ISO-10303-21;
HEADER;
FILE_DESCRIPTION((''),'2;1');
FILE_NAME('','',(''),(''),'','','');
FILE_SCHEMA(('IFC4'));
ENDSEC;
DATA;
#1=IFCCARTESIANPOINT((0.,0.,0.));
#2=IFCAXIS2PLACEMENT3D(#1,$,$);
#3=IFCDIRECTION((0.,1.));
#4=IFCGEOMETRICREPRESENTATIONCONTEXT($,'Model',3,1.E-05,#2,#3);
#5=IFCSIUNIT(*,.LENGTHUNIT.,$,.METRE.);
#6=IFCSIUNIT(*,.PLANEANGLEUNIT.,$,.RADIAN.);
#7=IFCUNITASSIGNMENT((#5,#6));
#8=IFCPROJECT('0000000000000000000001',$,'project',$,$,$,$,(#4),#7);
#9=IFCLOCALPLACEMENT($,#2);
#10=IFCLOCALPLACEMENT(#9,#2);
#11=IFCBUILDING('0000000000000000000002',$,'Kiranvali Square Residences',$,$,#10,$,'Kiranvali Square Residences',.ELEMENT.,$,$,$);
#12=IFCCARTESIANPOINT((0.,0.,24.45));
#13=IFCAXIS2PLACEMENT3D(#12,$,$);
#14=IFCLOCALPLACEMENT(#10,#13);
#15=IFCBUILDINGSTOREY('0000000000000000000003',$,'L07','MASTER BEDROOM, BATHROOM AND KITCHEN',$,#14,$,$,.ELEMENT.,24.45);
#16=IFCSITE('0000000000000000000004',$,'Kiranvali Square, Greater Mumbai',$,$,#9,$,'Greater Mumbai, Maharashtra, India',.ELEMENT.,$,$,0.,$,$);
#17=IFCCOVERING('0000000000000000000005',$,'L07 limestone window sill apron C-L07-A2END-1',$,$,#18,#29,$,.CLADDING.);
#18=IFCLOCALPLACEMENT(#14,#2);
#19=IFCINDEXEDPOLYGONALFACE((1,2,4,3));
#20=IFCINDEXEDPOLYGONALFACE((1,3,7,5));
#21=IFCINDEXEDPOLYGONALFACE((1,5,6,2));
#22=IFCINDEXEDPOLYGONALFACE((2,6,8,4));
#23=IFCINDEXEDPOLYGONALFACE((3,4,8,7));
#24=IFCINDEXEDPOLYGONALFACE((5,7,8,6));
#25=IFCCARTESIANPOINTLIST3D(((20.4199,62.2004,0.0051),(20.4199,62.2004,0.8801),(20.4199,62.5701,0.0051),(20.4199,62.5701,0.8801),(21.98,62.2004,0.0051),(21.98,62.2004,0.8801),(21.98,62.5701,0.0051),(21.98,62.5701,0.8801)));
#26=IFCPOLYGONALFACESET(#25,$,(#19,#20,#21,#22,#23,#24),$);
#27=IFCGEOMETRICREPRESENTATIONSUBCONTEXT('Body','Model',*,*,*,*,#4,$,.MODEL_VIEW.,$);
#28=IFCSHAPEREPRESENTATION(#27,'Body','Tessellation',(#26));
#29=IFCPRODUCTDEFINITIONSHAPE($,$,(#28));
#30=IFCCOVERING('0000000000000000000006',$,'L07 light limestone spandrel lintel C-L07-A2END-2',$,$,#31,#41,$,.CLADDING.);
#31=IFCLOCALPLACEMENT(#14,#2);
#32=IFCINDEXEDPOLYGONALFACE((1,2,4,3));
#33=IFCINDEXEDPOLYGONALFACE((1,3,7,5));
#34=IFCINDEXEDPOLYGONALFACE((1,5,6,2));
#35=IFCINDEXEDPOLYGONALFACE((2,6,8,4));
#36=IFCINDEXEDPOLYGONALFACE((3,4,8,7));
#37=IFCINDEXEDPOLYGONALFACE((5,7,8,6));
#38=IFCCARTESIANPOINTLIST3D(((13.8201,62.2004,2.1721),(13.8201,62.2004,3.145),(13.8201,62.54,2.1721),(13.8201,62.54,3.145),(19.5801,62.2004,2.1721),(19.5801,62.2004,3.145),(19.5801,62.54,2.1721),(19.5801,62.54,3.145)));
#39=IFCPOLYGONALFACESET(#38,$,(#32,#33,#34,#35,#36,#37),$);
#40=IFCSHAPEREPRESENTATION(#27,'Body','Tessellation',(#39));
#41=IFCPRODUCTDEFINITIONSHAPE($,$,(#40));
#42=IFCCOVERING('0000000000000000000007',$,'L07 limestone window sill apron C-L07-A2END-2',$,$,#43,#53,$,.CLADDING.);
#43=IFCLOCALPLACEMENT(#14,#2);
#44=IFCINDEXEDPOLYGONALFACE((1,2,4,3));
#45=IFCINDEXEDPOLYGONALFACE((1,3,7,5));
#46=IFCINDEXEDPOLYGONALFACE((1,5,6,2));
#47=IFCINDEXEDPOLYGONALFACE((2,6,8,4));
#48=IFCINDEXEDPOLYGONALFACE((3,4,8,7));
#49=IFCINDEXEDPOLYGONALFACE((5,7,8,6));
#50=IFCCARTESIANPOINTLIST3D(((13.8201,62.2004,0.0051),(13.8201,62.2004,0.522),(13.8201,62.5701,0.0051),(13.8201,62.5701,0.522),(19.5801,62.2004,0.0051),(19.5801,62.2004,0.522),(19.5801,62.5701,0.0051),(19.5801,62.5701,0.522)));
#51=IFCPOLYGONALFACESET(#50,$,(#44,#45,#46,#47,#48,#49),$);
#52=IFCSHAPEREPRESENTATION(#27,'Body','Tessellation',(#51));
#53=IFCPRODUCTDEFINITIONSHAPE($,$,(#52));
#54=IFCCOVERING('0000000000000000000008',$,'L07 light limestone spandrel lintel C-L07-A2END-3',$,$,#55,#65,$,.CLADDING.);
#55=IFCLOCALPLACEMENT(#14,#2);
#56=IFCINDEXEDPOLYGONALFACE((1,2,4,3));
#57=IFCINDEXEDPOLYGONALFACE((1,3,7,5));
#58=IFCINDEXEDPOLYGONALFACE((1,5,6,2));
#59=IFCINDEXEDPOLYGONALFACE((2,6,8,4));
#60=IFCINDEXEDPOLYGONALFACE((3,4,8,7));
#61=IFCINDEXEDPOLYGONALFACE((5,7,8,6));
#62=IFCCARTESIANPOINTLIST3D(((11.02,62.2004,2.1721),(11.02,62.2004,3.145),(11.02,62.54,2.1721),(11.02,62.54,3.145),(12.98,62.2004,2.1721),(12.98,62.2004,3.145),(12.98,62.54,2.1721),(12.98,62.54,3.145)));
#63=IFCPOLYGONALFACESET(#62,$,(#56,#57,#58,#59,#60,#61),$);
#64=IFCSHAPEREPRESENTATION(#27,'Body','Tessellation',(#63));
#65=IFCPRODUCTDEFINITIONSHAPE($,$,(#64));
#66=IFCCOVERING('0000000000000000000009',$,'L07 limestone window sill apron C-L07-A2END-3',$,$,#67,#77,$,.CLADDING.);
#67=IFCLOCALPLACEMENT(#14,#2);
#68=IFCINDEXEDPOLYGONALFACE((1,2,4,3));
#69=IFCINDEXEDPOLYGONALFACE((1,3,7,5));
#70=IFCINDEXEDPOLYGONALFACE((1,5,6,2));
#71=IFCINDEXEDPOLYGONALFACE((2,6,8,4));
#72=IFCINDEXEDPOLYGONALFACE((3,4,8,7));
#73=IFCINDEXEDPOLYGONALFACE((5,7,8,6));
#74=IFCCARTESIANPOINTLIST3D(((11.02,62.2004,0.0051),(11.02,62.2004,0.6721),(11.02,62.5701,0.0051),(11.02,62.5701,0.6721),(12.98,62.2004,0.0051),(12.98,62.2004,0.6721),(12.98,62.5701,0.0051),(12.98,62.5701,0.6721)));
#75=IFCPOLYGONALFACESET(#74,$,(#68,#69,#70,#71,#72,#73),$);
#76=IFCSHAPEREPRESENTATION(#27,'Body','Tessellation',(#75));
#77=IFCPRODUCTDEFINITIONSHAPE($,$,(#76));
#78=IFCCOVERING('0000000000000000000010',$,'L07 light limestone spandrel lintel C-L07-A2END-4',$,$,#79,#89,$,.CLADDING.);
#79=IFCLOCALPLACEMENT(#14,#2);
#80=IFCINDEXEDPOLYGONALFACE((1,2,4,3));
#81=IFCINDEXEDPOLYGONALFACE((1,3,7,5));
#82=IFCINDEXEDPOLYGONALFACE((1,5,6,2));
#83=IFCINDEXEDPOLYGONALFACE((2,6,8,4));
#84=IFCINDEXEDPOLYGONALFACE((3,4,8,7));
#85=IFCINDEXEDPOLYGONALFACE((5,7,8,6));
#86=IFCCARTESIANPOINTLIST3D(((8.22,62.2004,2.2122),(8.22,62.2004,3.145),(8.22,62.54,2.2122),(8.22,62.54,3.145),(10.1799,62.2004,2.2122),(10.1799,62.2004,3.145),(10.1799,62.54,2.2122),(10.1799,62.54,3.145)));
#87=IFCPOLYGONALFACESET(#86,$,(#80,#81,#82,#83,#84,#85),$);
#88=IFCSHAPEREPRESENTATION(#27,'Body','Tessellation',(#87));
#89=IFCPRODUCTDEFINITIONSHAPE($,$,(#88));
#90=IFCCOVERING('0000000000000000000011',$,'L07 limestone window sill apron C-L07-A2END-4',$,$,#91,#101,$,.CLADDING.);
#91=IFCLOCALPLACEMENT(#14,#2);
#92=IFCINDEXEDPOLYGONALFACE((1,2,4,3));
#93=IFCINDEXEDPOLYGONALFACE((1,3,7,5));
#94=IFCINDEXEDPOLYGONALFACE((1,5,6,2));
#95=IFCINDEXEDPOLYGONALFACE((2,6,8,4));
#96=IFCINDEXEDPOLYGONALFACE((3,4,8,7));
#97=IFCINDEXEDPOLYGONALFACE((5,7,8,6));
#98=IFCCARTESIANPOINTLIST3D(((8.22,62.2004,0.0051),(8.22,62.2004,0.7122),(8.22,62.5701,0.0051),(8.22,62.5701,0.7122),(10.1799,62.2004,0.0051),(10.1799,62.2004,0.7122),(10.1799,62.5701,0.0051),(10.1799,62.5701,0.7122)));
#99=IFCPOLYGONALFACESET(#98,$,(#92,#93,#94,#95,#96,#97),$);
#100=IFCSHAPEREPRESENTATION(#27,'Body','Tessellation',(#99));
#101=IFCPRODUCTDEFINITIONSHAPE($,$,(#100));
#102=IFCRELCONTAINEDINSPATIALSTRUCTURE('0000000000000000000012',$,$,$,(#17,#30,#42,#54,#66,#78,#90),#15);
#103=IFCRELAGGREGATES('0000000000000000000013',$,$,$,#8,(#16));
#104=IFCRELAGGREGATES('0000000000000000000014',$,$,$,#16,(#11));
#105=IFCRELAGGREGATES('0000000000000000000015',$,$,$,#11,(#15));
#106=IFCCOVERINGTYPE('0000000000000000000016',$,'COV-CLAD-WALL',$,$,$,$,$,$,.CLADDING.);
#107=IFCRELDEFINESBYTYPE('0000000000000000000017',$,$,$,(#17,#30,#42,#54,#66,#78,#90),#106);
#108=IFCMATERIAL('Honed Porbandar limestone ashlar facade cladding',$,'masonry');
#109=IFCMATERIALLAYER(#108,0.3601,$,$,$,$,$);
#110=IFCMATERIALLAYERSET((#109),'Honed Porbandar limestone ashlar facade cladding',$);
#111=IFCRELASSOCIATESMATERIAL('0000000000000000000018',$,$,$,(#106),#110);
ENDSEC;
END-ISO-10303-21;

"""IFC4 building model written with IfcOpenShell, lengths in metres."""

from ifc_helpers import new_model, si_unit, direction, frame, origin, place, context, subcontext, project, spatial, polyline, outline, extrude, material, layer, layer_set, type_object, element, save


model = new_model("IFC4")

# Units and contexts
model_context = context("Model", 3, precision=1e-05, world=origin(), true_north=direction((0.0, 1.0)))
body_context = subcontext(model_context, "Body", "Model", "MODEL_VIEW")
ifc_project = project(units=[si_unit("LENGTHUNIT", "METRE"), si_unit("PLANEANGLEUNIT", "RADIAN")], contexts=[model_context])

# Site, building, storey
site_placement = place(None, origin())
site = spatial("IfcSite", under=ifc_project, at=site_placement, Name="Kiranvali Square, Greater Mumbai", LongName="Greater Mumbai, Maharashtra, India", CompositionType="ELEMENT", RefElevation=0.0)
building_placement = place(site_placement, origin())
building = spatial("IfcBuilding", under=site, at=building_placement, Name="Kiranvali Square Residences", LongName="Kiranvali Square Residences", CompositionType="ELEMENT")
storey_placement = place(building_placement, frame((0.0, 0.0, 24.45)))
storey = spatial("IfcBuildingStorey", under=building, at=storey_placement, Name="L07", Description="MASTER BEDROOM, BATHROOM AND KITCHEN", CompositionType="ELEMENT", Elevation=24.45)

# Coverings
ifc_material = material(Name="Honed Porbandar limestone ashlar facade cladding", Category="masonry")
ifc_layer_1 = layer(ifc_material, 0.3601)
ifc_layer_set_1 = layer_set([ifc_layer_1], Name="Honed Porbandar limestone ashlar facade cladding")
covering_type_1 = type_object("IfcCoveringType", Name="COV-CLAD-WALL", PredefinedType="CLADDING", material=ifc_layer_set_1)
covering_1_placement = place(storey_placement, frame((0.0, 0.0, 0.0051)))
element("IfcCovering", 1, at=covering_1_placement, inside=storey, type_object=covering_type_1, Name="L07 limestone window sill apron C-L07-A2END-1", PredefinedType="CLADDING", context=body_context, shape_type="SweptSolid", body=[
    extrude(outline(polyline([(21.98, 62.5701), (20.4199, 62.5701), (20.4199, 62.2004), (21.98, 62.2004), (21.98, 62.5701)])), origin(), (0.0, 0.0, 1.0), 0.875),
])
covering_2_placement = place(storey_placement, frame((0.0, 0.0, 2.1721)))
element("IfcCovering", 2, at=covering_2_placement, inside=storey, type_object=covering_type_1, Name="L07 light limestone spandrel lintel C-L07-A2END-2", PredefinedType="CLADDING", context=body_context, shape_type="SweptSolid", body=[
    extrude(outline(polyline([(19.5801, 62.54), (13.8201, 62.54), (13.8201, 62.2004), (19.5801, 62.2004), (19.5801, 62.54)])), origin(), (0.0, 0.0, 1.0), 0.9729),
])
covering_3_placement = place(storey_placement, frame((0.0, 0.0, 0.0051)))
element("IfcCovering", 3, at=covering_3_placement, inside=storey, type_object=covering_type_1, Name="L07 limestone window sill apron C-L07-A2END-2", PredefinedType="CLADDING", context=body_context, shape_type="SweptSolid", body=[
    extrude(outline(polyline([(19.5801, 62.5701), (13.8201, 62.5701), (13.8201, 62.2004), (19.5801, 62.2004), (19.5801, 62.5701)])), origin(), (0.0, 0.0, 1.0), 0.5168),
])
covering_4_placement = place(storey_placement, frame((0.0, 0.0, 2.1721)))
element("IfcCovering", 4, at=covering_4_placement, inside=storey, type_object=covering_type_1, Name="L07 light limestone spandrel lintel C-L07-A2END-3", PredefinedType="CLADDING", context=body_context, shape_type="SweptSolid", body=[
    extrude(outline(polyline([(12.98, 62.54), (11.02, 62.54), (11.02, 62.2004), (12.98, 62.2004), (12.98, 62.54)])), origin(), (0.0, 0.0, 1.0), 0.9729),
])
covering_5_placement = place(storey_placement, frame((0.0, 0.0, 0.0051)))
element("IfcCovering", 5, at=covering_5_placement, inside=storey, type_object=covering_type_1, Name="L07 limestone window sill apron C-L07-A2END-3", PredefinedType="CLADDING", context=body_context, shape_type="SweptSolid", body=[
    extrude(outline(polyline([(12.98, 62.5701), (11.02, 62.5701), (11.02, 62.2004), (12.98, 62.2004), (12.98, 62.5701)])), origin(), (0.0, 0.0, 1.0), 0.667),
])
covering_6_placement = place(storey_placement, frame((0.0, 0.0, 2.2122)))
element("IfcCovering", 6, at=covering_6_placement, inside=storey, type_object=covering_type_1, Name="L07 light limestone spandrel lintel C-L07-A2END-4", PredefinedType="CLADDING", context=body_context, shape_type="SweptSolid", body=[
    extrude(outline(polyline([(10.1799, 62.54), (8.22, 62.54), (8.22, 62.2004), (10.1799, 62.2004), (10.1799, 62.54)])), origin(), (0.0, 0.0, 1.0), 0.9329),
])
covering_7_placement = place(storey_placement, frame((0.0, 0.0, 0.0051)))
element("IfcCovering", 7, at=covering_7_placement, inside=storey, type_object=covering_type_1, Name="L07 limestone window sill apron C-L07-A2END-4", PredefinedType="CLADDING", context=body_context, shape_type="SweptSolid", body=[
    extrude(outline(polyline([(10.1799, 62.5701), (8.22, 62.5701), (8.22, 62.2004), (10.1799, 62.2004), (10.1799, 62.5701)])), origin(), (0.0, 0.0, 1.0), 0.707),
])

save(model, "model.ifc")
